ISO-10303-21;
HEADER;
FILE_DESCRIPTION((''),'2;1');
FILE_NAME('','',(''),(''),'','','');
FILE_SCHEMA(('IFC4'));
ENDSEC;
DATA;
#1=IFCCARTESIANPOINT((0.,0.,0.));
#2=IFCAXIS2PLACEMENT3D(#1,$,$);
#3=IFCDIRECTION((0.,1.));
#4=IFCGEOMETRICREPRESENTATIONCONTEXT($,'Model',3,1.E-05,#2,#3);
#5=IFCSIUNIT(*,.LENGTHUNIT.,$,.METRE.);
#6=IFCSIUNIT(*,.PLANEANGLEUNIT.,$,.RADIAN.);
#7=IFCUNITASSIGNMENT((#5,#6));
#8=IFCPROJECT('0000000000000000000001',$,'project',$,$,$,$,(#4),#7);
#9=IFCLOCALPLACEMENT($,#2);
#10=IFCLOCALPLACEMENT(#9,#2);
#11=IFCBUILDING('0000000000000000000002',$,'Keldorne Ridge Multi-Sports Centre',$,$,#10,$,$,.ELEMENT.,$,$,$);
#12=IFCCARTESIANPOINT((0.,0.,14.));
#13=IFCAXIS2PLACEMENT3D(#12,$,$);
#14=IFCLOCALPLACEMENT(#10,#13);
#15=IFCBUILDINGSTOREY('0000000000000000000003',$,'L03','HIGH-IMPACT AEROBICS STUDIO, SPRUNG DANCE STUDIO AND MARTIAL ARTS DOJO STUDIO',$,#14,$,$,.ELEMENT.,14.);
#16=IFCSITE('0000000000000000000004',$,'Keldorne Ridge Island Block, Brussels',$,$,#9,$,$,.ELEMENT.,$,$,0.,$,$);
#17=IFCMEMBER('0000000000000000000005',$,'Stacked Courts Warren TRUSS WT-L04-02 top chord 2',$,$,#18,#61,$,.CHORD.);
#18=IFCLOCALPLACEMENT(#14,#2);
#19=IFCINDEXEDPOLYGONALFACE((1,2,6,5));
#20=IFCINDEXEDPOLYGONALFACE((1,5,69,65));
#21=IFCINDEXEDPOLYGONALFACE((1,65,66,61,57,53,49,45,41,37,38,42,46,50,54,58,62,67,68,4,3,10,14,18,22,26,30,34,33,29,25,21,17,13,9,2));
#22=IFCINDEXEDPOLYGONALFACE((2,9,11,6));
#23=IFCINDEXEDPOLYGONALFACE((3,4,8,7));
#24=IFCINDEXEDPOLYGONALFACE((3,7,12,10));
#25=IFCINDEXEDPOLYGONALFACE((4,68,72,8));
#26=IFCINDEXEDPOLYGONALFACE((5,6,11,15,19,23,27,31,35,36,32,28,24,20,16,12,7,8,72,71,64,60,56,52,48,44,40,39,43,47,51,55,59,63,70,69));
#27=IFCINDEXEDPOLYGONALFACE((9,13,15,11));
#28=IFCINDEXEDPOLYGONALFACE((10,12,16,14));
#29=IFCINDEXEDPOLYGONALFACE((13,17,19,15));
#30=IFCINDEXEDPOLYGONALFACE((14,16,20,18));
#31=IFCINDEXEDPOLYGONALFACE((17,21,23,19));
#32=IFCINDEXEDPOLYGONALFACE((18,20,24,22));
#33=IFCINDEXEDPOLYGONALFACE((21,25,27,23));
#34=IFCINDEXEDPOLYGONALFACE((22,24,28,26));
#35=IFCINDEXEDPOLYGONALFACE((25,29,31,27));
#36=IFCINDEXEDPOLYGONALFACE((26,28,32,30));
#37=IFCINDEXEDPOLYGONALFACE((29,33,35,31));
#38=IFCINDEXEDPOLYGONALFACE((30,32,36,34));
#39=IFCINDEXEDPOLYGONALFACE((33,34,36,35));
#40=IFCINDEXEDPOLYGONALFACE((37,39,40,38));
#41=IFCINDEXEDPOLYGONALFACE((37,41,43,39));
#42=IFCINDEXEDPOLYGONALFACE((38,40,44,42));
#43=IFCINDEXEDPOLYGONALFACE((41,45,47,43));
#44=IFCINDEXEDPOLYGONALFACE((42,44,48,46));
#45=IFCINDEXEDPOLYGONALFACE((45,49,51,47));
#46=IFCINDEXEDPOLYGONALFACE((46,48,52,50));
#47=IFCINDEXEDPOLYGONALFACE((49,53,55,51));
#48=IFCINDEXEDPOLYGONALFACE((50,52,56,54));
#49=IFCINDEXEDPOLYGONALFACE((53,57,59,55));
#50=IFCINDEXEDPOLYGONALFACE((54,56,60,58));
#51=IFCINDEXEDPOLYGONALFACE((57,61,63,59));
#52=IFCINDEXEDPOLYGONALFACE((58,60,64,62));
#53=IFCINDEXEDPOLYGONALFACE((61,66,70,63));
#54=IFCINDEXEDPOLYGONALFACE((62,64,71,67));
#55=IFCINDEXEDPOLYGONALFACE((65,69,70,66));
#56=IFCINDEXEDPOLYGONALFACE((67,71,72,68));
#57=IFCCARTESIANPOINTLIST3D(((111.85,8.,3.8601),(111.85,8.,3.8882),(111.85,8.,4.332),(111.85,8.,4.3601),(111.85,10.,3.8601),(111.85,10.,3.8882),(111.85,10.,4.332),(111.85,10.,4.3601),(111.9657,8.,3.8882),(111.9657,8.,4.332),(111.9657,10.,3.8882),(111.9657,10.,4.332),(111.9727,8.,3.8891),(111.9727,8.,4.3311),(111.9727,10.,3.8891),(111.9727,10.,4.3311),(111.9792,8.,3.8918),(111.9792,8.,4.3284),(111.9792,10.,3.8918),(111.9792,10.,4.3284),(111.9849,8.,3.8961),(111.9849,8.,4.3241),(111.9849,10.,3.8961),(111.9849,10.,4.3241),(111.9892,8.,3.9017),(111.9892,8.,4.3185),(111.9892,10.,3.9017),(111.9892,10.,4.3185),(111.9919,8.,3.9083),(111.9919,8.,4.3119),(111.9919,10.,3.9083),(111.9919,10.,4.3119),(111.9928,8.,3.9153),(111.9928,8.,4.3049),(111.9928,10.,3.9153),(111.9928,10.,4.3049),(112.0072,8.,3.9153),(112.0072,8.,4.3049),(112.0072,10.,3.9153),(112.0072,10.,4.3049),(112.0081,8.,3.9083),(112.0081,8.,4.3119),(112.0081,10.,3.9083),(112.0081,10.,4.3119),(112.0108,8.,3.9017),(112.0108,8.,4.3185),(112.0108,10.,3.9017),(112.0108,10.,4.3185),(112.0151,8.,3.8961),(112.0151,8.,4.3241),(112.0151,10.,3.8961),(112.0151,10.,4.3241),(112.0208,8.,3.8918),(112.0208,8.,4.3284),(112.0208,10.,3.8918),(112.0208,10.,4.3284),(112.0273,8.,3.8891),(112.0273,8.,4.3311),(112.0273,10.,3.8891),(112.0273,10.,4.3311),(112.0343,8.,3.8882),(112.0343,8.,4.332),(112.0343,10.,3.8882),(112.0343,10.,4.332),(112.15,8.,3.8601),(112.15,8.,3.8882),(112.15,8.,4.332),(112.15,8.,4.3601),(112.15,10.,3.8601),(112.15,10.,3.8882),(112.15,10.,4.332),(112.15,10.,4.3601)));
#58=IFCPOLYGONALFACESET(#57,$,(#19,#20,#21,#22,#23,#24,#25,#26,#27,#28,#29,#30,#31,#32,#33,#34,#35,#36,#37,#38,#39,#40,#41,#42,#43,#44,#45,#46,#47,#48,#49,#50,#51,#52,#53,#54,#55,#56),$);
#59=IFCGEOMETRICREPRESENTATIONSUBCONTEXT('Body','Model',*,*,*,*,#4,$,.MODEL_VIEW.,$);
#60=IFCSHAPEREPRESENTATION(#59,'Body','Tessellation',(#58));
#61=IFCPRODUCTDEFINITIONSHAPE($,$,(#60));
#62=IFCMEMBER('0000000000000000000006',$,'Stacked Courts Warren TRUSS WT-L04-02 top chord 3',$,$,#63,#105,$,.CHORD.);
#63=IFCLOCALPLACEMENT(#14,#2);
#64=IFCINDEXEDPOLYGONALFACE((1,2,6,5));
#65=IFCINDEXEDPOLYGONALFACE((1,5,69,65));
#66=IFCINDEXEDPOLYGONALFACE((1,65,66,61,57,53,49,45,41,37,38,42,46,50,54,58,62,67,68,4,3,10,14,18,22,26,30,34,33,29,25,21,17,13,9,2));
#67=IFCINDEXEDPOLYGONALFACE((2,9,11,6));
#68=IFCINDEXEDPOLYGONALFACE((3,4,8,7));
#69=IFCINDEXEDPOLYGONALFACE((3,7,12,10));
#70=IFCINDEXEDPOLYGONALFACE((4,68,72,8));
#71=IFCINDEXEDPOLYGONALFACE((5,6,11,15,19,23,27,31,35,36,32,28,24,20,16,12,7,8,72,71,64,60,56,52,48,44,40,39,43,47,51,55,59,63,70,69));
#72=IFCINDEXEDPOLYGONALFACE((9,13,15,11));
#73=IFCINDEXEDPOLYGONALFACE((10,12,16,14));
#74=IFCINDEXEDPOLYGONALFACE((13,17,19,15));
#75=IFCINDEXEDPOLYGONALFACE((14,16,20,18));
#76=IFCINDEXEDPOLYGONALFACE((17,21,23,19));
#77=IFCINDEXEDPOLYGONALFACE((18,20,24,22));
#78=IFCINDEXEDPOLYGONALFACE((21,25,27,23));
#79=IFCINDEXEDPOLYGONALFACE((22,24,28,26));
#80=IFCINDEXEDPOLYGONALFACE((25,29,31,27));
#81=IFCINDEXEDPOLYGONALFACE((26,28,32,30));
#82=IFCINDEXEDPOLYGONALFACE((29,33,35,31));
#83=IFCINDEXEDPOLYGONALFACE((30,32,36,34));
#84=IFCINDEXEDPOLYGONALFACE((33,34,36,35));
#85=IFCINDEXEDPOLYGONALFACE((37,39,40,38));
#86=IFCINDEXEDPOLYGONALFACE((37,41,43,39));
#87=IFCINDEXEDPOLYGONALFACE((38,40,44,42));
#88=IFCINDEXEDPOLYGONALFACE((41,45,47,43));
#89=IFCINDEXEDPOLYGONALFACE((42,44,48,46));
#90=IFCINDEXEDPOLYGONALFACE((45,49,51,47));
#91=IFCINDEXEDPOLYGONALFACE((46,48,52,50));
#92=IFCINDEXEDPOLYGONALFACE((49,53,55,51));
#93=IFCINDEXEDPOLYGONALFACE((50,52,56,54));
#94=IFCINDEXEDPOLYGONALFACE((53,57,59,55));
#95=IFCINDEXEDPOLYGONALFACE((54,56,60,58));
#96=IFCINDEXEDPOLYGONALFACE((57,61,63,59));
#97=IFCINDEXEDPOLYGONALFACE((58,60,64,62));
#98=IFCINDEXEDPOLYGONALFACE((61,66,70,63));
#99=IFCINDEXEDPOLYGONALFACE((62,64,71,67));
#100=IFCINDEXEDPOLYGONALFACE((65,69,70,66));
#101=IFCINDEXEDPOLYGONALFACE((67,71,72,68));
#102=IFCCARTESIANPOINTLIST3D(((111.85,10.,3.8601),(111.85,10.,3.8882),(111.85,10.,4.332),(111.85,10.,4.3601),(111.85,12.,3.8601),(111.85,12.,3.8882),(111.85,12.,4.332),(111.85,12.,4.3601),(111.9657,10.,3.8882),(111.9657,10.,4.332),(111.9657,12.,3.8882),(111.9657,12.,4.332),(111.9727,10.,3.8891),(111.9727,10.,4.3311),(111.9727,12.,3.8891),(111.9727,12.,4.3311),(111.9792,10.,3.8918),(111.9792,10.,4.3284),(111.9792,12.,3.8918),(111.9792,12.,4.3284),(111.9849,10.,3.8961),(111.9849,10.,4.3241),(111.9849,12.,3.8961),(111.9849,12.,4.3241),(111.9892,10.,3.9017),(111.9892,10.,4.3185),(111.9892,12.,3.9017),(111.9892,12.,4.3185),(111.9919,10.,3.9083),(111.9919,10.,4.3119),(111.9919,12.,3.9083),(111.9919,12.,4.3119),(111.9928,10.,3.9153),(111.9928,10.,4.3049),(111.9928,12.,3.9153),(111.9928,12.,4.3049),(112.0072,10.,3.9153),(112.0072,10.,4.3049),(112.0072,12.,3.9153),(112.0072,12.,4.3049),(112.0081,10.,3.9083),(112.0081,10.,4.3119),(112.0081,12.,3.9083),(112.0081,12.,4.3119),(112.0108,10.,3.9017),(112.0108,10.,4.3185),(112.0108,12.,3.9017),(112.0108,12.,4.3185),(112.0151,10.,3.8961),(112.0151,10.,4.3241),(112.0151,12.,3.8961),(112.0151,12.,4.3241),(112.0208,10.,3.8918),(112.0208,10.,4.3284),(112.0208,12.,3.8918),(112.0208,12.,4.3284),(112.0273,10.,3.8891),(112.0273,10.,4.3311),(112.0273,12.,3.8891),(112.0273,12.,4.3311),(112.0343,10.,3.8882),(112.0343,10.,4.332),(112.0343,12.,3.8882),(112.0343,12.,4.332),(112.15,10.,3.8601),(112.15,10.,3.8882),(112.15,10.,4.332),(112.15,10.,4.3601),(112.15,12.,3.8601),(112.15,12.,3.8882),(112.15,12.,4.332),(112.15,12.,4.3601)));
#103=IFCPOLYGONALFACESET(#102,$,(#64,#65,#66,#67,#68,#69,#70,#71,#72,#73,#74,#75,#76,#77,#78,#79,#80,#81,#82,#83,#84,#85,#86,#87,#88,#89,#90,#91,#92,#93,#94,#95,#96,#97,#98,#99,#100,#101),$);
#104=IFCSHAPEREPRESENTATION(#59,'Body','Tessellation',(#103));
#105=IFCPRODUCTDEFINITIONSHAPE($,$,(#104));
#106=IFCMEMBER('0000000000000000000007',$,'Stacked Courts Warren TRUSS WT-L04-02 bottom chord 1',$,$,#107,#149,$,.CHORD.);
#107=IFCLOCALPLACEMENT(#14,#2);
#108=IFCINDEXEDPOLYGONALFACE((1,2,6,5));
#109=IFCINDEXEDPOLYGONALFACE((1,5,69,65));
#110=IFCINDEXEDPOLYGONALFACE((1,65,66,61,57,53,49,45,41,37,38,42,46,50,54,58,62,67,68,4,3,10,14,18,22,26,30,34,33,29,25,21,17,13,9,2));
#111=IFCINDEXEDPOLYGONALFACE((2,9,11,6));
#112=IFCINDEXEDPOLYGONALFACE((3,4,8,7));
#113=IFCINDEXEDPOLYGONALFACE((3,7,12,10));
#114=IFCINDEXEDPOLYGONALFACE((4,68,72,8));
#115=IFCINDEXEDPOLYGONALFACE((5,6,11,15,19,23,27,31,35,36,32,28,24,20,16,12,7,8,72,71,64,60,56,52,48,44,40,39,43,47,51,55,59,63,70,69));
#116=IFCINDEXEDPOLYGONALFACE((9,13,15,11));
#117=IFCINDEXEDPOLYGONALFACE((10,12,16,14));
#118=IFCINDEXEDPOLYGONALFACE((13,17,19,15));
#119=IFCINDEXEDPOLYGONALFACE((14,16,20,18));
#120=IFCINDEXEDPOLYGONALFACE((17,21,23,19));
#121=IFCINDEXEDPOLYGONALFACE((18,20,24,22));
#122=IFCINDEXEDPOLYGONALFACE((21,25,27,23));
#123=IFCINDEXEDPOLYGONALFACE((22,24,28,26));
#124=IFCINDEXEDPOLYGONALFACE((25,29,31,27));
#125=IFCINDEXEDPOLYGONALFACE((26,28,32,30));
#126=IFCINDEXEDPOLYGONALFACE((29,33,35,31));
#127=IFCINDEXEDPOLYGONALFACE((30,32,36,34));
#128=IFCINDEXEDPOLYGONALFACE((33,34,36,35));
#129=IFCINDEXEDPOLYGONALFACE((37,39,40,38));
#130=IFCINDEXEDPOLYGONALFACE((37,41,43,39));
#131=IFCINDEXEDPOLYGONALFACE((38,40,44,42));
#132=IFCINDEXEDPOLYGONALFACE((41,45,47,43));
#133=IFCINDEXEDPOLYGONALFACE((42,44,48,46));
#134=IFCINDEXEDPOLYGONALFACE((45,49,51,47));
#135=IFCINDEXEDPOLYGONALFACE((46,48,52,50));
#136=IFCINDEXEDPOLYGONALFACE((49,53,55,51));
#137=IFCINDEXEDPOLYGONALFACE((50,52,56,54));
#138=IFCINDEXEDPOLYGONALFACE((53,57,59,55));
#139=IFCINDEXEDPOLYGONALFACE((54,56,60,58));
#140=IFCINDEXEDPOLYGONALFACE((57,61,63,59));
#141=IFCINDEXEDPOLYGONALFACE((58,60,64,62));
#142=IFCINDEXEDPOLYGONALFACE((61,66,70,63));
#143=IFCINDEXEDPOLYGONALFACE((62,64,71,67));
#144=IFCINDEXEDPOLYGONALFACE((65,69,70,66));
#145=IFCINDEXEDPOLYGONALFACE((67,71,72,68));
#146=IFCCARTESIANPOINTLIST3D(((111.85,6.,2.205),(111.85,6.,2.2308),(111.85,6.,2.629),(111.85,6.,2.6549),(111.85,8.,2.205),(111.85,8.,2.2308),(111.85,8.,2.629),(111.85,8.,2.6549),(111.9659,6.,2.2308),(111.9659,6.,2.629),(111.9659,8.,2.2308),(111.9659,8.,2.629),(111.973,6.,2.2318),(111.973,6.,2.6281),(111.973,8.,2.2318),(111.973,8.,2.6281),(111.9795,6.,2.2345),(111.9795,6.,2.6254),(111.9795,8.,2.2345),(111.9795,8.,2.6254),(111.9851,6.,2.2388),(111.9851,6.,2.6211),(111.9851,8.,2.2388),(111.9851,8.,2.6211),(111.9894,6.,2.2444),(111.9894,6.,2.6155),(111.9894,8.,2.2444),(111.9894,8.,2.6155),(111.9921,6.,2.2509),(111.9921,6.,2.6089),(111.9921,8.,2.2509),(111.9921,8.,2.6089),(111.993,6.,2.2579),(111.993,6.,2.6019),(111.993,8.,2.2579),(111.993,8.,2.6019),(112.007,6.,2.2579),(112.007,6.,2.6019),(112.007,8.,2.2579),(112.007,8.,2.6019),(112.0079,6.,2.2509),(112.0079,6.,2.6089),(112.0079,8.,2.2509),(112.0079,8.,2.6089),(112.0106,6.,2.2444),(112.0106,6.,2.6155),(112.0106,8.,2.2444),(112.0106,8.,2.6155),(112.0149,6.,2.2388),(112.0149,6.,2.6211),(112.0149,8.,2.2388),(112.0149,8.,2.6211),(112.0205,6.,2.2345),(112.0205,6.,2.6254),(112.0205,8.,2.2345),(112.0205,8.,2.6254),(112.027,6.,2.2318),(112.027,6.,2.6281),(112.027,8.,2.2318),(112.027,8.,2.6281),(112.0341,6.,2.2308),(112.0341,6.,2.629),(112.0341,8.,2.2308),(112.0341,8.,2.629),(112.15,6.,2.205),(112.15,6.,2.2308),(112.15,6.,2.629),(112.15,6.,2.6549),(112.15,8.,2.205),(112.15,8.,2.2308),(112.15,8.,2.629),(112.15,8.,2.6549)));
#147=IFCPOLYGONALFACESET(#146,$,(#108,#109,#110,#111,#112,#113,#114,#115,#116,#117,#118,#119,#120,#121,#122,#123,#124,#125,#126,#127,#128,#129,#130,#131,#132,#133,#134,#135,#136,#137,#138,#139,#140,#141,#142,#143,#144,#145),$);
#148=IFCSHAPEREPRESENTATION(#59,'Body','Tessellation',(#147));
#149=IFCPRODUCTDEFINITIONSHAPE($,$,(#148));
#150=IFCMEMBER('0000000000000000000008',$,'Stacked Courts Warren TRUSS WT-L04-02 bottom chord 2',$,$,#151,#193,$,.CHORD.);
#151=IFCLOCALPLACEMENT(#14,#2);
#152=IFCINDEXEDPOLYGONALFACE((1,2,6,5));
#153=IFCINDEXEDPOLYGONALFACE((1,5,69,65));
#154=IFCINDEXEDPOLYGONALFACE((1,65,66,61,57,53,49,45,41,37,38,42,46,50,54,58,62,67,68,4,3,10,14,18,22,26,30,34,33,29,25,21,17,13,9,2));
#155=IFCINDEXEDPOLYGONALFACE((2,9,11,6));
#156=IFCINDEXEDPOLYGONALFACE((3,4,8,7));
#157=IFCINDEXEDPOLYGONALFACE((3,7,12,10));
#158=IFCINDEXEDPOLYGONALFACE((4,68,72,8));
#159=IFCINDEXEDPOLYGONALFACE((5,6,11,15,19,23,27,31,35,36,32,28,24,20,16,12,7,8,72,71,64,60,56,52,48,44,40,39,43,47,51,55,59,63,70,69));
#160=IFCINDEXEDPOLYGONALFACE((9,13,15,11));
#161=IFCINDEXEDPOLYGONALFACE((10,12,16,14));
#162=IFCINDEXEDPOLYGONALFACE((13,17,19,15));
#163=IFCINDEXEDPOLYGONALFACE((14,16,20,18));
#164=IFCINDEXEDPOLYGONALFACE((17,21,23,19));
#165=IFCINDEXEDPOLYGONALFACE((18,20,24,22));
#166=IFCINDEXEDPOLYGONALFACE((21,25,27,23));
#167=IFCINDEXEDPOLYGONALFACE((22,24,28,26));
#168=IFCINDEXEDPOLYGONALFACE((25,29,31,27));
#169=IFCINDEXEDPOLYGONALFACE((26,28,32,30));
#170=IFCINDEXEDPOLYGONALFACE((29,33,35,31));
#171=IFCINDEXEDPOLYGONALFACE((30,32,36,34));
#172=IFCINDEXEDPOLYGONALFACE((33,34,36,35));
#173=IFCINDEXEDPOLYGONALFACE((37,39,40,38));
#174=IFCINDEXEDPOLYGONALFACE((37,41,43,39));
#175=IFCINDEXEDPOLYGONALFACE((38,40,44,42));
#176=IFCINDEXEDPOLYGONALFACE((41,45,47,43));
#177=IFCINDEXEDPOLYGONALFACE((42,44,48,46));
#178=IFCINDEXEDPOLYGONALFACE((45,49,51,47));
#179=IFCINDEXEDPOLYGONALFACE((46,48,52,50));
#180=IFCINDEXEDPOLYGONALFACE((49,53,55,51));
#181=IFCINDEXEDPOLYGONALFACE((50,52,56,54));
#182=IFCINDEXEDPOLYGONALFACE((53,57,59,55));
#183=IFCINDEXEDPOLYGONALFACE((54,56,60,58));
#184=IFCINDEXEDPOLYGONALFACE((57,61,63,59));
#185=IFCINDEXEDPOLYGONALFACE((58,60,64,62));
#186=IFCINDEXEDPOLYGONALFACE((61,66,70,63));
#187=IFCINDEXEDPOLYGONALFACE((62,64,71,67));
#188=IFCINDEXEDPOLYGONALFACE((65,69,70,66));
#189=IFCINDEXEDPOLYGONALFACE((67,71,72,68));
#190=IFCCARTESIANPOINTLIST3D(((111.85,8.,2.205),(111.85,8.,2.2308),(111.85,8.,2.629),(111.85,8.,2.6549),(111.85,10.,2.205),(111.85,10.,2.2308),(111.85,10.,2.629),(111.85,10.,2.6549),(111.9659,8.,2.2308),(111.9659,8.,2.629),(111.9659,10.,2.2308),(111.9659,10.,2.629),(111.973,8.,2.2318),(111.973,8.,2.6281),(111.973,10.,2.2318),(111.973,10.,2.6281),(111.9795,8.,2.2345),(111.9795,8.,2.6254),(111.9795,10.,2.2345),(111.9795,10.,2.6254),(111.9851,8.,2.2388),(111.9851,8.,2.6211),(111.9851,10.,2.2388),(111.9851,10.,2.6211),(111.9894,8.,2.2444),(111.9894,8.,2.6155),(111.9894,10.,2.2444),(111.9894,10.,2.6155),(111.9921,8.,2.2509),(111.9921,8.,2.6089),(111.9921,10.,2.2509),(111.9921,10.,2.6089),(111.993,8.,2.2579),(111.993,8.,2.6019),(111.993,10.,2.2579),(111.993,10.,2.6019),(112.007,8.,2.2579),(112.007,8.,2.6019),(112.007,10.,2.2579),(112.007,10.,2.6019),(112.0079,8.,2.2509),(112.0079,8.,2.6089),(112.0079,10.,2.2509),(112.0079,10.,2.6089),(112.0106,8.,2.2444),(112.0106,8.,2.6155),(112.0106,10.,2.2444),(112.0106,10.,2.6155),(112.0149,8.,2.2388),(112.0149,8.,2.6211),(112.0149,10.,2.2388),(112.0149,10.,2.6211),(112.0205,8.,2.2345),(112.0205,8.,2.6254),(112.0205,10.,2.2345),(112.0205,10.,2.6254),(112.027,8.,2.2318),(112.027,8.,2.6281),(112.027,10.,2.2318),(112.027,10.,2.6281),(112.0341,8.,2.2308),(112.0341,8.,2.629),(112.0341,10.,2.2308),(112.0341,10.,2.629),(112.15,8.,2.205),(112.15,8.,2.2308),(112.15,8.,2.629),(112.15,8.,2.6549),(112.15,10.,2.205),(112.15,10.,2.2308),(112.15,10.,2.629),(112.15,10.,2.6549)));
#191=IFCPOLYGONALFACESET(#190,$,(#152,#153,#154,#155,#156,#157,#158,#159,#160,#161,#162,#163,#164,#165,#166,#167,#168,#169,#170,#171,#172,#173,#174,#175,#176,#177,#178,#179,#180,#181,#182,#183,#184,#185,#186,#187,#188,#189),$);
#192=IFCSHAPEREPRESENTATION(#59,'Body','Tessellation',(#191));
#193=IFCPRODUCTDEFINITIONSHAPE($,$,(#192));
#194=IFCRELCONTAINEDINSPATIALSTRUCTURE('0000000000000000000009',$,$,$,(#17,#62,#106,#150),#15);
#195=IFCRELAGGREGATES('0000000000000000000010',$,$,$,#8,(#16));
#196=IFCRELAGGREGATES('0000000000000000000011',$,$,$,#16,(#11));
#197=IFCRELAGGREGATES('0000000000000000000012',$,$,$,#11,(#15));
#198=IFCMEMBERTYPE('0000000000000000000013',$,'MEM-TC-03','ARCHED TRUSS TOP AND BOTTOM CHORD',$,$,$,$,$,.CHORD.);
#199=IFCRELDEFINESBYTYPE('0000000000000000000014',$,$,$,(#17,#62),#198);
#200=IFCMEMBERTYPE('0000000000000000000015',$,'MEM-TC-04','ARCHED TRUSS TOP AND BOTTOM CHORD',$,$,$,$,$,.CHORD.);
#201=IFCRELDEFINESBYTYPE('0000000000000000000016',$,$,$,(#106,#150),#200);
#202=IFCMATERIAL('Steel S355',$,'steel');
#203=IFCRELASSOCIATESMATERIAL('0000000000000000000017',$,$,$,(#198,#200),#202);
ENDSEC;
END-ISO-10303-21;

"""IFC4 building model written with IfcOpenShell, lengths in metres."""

from ifc_helpers import new_model, si_unit, direction, frame, origin, origin_2d, place, context, subcontext, project, spatial, i_section, extrude, material, material_profile, profile_set, type_object, element, save


model = new_model("IFC4")

# Units and contexts
model_context = context("Model", 3, precision=1e-05, world=origin(), true_north=direction((0.0, 1.0)))
body_context = subcontext(model_context, "Body", "Model", "MODEL_VIEW")
ifc_project = project(units=[si_unit("LENGTHUNIT", "METRE"), si_unit("PLANEANGLEUNIT", "RADIAN")], contexts=[model_context])

# Site, building, storey
site_placement = place(None, origin())
site = spatial("IfcSite", under=ifc_project, at=site_placement, Name="Keldorne Ridge Island Block, Brussels", CompositionType="ELEMENT", RefElevation=0.0)
building_placement = place(site_placement, origin())
building = spatial("IfcBuilding", under=site, at=building_placement, Name="Keldorne Ridge Multi-Sports Centre", CompositionType="ELEMENT")
storey_placement = place(building_placement, frame((0.0, 0.0, 14.0)))
storey = spatial("IfcBuildingStorey", under=building, at=storey_placement, Name="L03", Description="HIGH-IMPACT AEROBICS STUDIO, SPRUNG DANCE STUDIO AND MARTIAL ARTS DOJO STUDIO", CompositionType="ELEMENT", Elevation=14.0)

# Shared definitions
ifc_material_1 = material(Name="Steel S355", Category="steel")

# Members
ifc_material_profile_1 = material_profile(ifc_material_1, i_section(OverallWidth=0.3, OverallDepth=0.5, WebThickness=0.0144, FlangeThickness=0.0281, FilletRadius=0.0271, at=origin_2d()), Name="HEB 500")
ifc_profile_set_1 = profile_set([ifc_material_profile_1], Name="Steel S355")
member_type_1 = type_object("IfcMemberType", Name="MEM-TC-03", Description="ARCHED TRUSS TOP AND BOTTOM CHORD", PredefinedType="CHORD", material=ifc_profile_set_1)
for number, where, z_axis, x_axis, name in (
    (1, (112.0, 8.0, 4.1101), (0.0, 1.0, 0.0), (-1.0, 0.0, 0.0), "Stacked Courts Warren TRUSS WT-L04-02 top chord 2"),
    (2, (112.0, 10.0, 4.1101), (0.0, 1.0, 0.0), (-1.0, 0.0, 0.0), "Stacked Courts Warren TRUSS WT-L04-02 top chord 3"),
):
    element("IfcMember", number, at=place(storey_placement, frame(where, z_axis=z_axis, x_axis=x_axis)), inside=storey, type_object=member_type_1, Name=name, PredefinedType="CHORD", context=body_context, shape_type="SweptSolid", body=[
        extrude(i_section(OverallWidth=0.3, OverallDepth=0.5, WebThickness=0.0144, FlangeThickness=0.0281, FilletRadius=0.0271, at=origin_2d()), origin(), (0.0, 0.0, 1.0), 2.0),
    ])
ifc_material_profile_2 = material_profile(ifc_material_1, i_section(OverallWidth=0.3, OverallDepth=0.45, WebThickness=0.0139, FlangeThickness=0.0259, FilletRadius=0.0271, at=origin_2d()), Name="HEB 450")
ifc_profile_set_2 = profile_set([ifc_material_profile_2], Name="Steel S355")
member_type_2 = type_object("IfcMemberType", Name="MEM-TC-04", Description="ARCHED TRUSS TOP AND BOTTOM CHORD", PredefinedType="CHORD", material=ifc_profile_set_2)
for number, where, z_axis, x_axis, name in (
    (3, (112.0, 6.0, 2.4299), (0.0, 1.0, 0.0), (-1.0, 0.0, 0.0), "Stacked Courts Warren TRUSS WT-L04-02 bottom chord 1"),
    (4, (112.0, 8.0, 2.4299), (0.0, 1.0, 0.0), (-1.0, 0.0, 0.0), "Stacked Courts Warren TRUSS WT-L04-02 bottom chord 2"),
):
    element("IfcMember", number, at=place(storey_placement, frame(where, z_axis=z_axis, x_axis=x_axis)), inside=storey, type_object=member_type_2, Name=name, PredefinedType="CHORD", context=body_context, shape_type="SweptSolid", body=[
        extrude(i_section(OverallWidth=0.3, OverallDepth=0.45, WebThickness=0.0139, FlangeThickness=0.0259, FilletRadius=0.0271, at=origin_2d()), origin(), (0.0, 0.0, 1.0), 2.0),
    ])

save(model, "model.ifc")
